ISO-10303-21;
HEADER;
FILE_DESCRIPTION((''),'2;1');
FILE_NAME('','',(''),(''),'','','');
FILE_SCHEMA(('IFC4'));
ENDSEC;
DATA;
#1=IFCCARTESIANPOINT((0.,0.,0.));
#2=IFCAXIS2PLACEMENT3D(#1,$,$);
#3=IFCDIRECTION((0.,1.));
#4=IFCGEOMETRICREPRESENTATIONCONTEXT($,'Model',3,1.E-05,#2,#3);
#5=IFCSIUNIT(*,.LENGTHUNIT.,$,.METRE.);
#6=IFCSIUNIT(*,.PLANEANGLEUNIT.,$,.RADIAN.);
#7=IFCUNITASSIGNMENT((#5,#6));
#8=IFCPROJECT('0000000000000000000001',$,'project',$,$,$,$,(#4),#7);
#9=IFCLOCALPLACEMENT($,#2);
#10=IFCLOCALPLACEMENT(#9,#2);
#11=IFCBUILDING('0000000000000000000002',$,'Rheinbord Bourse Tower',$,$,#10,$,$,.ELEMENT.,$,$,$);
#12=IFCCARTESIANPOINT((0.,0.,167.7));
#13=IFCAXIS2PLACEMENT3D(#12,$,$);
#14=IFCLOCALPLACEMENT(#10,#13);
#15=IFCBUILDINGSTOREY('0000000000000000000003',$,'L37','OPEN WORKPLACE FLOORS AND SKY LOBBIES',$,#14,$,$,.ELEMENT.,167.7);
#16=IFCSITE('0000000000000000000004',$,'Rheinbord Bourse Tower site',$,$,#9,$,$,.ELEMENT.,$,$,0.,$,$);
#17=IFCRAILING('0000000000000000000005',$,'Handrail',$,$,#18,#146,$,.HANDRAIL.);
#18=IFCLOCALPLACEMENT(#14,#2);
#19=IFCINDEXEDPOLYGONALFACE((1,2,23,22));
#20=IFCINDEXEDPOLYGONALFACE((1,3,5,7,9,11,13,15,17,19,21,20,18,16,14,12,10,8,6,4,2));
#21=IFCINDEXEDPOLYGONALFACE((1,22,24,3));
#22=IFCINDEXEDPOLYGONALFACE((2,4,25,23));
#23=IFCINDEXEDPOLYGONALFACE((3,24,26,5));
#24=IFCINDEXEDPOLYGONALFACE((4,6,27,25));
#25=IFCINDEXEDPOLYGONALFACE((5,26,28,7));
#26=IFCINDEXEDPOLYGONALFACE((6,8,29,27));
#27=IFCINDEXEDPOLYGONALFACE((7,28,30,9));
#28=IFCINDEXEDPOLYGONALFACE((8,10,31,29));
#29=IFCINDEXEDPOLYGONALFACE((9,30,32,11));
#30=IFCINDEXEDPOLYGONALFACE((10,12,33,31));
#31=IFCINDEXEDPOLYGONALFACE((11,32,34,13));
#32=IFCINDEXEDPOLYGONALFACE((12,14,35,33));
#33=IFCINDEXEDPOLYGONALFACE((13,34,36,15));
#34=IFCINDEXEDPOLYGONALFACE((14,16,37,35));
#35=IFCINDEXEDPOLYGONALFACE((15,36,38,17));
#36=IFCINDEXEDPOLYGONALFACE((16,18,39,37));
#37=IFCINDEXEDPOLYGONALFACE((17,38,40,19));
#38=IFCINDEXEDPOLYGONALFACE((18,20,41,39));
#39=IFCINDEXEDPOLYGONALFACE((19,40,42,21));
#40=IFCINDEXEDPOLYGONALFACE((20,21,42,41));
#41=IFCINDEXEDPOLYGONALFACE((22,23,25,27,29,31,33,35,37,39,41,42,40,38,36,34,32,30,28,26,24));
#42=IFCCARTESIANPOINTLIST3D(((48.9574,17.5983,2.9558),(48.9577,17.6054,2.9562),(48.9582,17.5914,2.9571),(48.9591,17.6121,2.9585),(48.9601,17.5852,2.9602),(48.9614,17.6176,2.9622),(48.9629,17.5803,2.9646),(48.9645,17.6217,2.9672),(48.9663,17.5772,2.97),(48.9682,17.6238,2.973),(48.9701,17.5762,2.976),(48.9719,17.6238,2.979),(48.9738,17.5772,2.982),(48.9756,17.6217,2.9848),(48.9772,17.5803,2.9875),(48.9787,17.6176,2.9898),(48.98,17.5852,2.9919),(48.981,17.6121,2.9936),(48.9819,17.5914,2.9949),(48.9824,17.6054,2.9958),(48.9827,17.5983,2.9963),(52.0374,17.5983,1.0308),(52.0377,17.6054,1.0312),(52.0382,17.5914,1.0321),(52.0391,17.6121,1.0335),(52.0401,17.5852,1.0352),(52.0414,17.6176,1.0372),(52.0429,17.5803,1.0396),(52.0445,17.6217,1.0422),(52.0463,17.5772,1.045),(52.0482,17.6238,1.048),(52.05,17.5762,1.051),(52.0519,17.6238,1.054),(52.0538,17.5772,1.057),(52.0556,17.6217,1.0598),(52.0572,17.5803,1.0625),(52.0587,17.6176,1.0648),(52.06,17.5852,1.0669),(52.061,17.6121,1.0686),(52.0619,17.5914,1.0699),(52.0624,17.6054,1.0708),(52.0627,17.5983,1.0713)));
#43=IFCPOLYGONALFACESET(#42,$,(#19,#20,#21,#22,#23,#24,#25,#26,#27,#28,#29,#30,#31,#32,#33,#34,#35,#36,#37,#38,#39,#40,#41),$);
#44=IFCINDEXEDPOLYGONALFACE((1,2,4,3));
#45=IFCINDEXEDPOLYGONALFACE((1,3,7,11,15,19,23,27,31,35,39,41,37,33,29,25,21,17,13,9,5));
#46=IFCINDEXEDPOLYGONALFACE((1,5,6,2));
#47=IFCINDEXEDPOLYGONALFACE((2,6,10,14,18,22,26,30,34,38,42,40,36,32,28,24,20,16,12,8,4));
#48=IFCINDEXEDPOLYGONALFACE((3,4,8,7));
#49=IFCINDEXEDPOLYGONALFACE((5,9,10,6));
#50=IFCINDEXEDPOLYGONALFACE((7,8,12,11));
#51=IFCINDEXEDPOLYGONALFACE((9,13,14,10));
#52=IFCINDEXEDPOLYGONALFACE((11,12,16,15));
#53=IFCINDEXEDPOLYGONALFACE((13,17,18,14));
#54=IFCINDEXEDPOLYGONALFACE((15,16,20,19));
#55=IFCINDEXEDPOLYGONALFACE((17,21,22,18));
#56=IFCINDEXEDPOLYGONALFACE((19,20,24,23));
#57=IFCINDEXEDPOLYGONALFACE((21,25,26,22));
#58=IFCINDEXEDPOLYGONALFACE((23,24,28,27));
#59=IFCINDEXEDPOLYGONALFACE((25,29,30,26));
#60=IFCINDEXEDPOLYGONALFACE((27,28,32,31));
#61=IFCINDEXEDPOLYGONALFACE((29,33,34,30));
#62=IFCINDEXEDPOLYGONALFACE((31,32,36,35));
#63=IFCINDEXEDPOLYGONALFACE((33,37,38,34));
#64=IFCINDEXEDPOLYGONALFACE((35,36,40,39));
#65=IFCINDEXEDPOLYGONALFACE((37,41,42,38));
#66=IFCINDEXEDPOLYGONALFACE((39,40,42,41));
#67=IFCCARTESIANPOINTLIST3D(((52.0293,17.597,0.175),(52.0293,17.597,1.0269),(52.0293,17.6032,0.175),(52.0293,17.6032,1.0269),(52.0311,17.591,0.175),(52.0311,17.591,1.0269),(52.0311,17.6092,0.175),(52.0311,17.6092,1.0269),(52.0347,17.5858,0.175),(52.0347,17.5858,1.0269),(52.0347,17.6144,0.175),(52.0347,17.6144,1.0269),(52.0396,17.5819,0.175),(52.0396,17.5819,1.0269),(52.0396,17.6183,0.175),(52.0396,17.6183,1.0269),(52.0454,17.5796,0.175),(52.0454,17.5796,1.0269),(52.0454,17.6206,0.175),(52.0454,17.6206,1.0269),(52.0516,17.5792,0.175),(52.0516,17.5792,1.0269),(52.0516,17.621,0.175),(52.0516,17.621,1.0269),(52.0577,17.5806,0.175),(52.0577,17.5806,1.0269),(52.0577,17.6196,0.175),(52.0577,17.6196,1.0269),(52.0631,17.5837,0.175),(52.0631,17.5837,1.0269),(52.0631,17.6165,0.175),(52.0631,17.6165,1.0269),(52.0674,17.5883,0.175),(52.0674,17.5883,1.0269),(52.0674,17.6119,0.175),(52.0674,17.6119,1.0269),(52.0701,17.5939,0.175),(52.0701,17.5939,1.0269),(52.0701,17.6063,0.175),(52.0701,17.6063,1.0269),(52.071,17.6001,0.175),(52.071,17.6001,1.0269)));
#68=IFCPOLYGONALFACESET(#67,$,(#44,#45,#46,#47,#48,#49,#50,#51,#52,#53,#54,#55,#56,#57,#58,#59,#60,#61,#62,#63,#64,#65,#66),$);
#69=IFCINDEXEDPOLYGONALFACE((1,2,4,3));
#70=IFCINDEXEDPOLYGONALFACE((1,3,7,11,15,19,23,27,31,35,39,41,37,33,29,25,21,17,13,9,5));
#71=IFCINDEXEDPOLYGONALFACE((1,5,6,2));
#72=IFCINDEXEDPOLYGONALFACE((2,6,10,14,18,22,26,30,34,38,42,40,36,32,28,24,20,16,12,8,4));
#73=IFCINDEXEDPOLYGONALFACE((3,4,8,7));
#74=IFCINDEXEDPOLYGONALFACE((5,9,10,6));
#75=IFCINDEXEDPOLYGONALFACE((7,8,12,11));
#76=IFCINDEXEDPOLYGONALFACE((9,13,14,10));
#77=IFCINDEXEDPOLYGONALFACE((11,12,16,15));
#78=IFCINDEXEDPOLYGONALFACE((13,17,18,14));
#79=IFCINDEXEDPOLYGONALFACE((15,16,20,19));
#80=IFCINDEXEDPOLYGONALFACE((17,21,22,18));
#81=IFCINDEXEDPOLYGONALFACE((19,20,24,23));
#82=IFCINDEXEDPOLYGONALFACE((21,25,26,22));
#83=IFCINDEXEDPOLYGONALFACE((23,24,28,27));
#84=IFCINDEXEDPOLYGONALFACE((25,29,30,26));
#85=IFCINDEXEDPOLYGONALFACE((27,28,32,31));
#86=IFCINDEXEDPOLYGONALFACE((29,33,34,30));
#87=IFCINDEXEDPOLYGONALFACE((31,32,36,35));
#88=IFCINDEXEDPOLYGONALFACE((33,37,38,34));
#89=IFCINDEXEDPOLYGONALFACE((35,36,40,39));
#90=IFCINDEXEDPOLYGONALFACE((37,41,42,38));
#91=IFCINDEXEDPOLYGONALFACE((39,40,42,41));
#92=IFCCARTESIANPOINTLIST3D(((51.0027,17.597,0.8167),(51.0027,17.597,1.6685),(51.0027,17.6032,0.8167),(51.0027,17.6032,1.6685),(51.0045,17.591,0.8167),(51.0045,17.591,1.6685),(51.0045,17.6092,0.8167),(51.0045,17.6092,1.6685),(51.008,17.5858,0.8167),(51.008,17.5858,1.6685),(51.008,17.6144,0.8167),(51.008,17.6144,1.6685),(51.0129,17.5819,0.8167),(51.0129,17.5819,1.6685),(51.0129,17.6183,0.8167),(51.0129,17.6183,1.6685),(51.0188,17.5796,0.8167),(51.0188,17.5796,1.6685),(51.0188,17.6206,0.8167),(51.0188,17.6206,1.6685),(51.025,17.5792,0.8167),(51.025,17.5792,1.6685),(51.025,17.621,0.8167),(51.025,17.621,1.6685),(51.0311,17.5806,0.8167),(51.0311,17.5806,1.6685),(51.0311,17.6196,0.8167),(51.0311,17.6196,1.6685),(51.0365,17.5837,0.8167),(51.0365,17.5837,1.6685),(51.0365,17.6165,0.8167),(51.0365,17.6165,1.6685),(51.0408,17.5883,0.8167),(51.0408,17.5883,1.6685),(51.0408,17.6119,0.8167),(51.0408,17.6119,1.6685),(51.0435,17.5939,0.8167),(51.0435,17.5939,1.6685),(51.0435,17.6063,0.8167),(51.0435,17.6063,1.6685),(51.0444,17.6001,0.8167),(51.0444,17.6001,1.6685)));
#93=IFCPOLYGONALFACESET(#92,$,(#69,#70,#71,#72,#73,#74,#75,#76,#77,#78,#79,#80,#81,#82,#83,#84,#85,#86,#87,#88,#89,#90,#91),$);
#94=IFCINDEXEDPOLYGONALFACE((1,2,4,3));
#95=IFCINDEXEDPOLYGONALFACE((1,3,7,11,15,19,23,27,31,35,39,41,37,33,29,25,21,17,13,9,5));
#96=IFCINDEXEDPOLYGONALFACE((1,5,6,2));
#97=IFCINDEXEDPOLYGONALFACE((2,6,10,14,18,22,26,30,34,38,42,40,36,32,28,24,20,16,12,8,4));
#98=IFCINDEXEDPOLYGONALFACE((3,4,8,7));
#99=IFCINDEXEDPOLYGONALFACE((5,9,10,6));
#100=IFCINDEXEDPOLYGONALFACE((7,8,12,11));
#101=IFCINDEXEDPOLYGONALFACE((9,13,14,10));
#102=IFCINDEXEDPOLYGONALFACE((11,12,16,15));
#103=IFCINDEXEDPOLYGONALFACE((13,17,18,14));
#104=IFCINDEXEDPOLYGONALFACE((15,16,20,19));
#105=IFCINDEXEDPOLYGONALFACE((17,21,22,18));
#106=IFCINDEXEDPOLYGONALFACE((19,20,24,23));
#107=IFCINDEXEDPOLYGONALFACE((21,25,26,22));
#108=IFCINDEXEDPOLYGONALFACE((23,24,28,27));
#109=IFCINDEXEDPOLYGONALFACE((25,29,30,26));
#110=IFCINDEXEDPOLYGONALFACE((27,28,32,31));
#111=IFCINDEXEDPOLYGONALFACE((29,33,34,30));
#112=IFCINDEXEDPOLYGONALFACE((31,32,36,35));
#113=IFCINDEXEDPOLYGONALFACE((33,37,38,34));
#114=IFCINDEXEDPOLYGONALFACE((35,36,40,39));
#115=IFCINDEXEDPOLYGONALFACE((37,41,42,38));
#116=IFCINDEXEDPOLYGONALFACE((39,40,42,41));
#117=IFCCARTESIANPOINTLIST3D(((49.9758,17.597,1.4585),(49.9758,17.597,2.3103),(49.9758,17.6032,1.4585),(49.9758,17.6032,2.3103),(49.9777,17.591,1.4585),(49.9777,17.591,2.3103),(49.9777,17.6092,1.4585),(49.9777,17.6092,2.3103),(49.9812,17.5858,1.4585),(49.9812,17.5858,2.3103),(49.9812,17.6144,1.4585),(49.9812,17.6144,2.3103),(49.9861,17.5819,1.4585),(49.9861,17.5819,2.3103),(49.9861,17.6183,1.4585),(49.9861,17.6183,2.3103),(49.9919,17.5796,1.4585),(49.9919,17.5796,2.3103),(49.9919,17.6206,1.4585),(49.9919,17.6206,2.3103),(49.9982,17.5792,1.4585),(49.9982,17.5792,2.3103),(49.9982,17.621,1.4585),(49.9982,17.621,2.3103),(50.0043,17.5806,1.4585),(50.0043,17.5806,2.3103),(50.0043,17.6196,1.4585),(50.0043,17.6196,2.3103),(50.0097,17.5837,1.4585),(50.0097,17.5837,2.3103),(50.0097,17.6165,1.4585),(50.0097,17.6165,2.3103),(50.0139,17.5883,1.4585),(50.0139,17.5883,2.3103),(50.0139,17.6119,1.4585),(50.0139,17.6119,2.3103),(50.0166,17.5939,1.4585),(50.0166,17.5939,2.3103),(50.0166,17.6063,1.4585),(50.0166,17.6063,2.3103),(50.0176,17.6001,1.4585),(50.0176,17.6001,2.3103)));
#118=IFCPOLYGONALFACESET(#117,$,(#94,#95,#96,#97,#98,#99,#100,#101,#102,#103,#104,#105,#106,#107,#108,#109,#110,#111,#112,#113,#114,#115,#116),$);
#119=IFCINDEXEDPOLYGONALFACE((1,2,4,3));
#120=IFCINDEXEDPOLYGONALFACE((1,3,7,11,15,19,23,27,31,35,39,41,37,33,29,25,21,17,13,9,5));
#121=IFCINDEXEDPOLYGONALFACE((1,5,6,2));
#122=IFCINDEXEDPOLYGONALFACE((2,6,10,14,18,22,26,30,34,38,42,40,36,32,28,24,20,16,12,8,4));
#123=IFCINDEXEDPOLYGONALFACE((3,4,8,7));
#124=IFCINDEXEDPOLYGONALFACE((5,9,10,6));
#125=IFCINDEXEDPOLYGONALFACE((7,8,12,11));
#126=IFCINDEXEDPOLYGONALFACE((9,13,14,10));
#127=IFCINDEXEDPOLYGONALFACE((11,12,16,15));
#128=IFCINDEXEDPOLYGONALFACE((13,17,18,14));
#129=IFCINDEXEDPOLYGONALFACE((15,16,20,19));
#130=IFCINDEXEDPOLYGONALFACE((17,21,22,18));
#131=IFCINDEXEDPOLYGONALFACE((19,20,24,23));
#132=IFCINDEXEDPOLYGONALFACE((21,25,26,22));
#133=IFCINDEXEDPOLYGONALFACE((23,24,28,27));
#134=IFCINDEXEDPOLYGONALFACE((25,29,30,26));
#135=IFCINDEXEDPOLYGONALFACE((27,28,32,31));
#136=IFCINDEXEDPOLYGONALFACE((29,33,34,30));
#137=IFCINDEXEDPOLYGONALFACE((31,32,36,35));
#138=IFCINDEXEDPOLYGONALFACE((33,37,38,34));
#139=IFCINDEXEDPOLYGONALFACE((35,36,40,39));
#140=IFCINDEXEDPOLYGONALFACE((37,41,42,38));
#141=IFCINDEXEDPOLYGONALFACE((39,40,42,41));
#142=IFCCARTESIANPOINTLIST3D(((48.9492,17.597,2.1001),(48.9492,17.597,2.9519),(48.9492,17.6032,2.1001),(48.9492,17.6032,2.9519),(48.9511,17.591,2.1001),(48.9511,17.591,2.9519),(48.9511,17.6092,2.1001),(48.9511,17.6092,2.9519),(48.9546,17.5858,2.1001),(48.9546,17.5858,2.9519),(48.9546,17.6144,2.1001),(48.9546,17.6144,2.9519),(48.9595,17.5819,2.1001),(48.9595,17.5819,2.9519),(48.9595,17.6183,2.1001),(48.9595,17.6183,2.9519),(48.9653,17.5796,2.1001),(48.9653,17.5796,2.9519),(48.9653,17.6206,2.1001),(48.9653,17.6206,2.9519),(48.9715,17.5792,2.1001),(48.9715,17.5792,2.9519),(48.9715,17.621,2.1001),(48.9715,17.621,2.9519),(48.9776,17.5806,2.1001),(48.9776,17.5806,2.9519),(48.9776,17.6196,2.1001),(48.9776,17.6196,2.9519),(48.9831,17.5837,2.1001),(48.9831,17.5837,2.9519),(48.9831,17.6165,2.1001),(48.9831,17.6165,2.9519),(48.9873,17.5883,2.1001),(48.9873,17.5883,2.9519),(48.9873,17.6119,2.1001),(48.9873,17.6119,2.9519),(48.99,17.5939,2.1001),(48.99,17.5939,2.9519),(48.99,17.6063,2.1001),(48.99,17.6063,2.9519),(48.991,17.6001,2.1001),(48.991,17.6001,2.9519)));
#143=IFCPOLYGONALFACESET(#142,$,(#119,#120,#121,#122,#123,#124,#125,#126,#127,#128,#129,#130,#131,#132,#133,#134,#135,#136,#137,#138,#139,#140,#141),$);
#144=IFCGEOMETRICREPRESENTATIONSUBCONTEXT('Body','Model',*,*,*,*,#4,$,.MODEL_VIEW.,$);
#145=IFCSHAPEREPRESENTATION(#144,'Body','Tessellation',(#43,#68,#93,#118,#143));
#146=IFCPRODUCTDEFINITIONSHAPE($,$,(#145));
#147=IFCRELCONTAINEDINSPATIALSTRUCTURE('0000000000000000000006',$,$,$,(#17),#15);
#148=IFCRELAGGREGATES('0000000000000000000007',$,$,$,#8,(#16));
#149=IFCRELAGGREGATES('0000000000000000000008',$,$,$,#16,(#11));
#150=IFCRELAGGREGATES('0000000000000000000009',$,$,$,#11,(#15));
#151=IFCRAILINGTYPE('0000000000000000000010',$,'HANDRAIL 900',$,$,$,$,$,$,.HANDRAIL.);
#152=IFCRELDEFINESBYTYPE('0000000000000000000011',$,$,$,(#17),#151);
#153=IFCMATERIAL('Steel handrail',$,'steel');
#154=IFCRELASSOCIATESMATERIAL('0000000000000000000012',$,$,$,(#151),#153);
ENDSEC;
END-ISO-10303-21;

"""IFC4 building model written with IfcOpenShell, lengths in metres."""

from ifc_helpers import new_model, si_unit, direction, frame, origin, origin_2d, place, context, subcontext, project, spatial, circle, extrude, material, type_object, element, save


model = new_model("IFC4")

# Units and contexts
model_context = context("Model", 3, precision=1e-05, world=origin(), true_north=direction((0.0, 1.0)))
body_context = subcontext(model_context, "Body", "Model", "MODEL_VIEW")
ifc_project = project(units=[si_unit("LENGTHUNIT", "METRE"), si_unit("PLANEANGLEUNIT", "RADIAN")], contexts=[model_context])

# Site, building, storey
site_placement = place(None, origin())
site = spatial("IfcSite", under=ifc_project, at=site_placement, Name="Rheinbord Bourse Tower site", CompositionType="ELEMENT", RefElevation=0.0)
building_placement = place(site_placement, origin())
building = spatial("IfcBuilding", under=site, at=building_placement, Name="Rheinbord Bourse Tower", CompositionType="ELEMENT")
storey_placement = place(building_placement, frame((0.0, 0.0, 167.7)))
storey = spatial("IfcBuildingStorey", under=building, at=storey_placement, Name="L37", Description="OPEN WORKPLACE FLOORS AND SKY LOBBIES", CompositionType="ELEMENT", Elevation=167.7)

# Railing
ifc_material_1 = material(Name="Steel handrail", Category="steel")
railing_type = type_object("IfcRailingType", Name="HANDRAIL 900", PredefinedType="HANDRAIL", material=ifc_material_1)
railing_1_placement = place(storey_placement, frame((52.05, 17.6001, 0.175)))
element("IfcRailing", 1, at=railing_1_placement, inside=storey, type_object=railing_type, Name="Handrail", PredefinedType="HANDRAIL", context=body_context, shape_type="SweptSolid", body=[
    extrude(circle(Radius=0.0239, at=origin_2d()), frame((0.0, 0.0, 0.876), z_axis=(-0.847998, 0.0, 0.529999), x_axis=(0.0, -1.0, 0.0)), (0.0, 0.0, 1.0), 3.6321),
    extrude(circle(Radius=0.021, at=origin_2d()), origin(), (0.0, 0.0, 1.0), 0.8518),
    extrude(circle(Radius=0.021, at=origin_2d()), frame((-1.0266, 0.0, 0.6416)), (0.0, 0.0, 1.0), 0.8518),
    extrude(circle(Radius=0.021, at=origin_2d()), frame((-2.0535, 0.0, 1.2834)), (0.0, 0.0, 1.0), 0.8518),
    extrude(circle(Radius=0.021, at=origin_2d()), frame((-3.0801, 0.0, 1.925)), (0.0, 0.0, 1.0), 0.8518),
])

save(model, "model.ifc")
